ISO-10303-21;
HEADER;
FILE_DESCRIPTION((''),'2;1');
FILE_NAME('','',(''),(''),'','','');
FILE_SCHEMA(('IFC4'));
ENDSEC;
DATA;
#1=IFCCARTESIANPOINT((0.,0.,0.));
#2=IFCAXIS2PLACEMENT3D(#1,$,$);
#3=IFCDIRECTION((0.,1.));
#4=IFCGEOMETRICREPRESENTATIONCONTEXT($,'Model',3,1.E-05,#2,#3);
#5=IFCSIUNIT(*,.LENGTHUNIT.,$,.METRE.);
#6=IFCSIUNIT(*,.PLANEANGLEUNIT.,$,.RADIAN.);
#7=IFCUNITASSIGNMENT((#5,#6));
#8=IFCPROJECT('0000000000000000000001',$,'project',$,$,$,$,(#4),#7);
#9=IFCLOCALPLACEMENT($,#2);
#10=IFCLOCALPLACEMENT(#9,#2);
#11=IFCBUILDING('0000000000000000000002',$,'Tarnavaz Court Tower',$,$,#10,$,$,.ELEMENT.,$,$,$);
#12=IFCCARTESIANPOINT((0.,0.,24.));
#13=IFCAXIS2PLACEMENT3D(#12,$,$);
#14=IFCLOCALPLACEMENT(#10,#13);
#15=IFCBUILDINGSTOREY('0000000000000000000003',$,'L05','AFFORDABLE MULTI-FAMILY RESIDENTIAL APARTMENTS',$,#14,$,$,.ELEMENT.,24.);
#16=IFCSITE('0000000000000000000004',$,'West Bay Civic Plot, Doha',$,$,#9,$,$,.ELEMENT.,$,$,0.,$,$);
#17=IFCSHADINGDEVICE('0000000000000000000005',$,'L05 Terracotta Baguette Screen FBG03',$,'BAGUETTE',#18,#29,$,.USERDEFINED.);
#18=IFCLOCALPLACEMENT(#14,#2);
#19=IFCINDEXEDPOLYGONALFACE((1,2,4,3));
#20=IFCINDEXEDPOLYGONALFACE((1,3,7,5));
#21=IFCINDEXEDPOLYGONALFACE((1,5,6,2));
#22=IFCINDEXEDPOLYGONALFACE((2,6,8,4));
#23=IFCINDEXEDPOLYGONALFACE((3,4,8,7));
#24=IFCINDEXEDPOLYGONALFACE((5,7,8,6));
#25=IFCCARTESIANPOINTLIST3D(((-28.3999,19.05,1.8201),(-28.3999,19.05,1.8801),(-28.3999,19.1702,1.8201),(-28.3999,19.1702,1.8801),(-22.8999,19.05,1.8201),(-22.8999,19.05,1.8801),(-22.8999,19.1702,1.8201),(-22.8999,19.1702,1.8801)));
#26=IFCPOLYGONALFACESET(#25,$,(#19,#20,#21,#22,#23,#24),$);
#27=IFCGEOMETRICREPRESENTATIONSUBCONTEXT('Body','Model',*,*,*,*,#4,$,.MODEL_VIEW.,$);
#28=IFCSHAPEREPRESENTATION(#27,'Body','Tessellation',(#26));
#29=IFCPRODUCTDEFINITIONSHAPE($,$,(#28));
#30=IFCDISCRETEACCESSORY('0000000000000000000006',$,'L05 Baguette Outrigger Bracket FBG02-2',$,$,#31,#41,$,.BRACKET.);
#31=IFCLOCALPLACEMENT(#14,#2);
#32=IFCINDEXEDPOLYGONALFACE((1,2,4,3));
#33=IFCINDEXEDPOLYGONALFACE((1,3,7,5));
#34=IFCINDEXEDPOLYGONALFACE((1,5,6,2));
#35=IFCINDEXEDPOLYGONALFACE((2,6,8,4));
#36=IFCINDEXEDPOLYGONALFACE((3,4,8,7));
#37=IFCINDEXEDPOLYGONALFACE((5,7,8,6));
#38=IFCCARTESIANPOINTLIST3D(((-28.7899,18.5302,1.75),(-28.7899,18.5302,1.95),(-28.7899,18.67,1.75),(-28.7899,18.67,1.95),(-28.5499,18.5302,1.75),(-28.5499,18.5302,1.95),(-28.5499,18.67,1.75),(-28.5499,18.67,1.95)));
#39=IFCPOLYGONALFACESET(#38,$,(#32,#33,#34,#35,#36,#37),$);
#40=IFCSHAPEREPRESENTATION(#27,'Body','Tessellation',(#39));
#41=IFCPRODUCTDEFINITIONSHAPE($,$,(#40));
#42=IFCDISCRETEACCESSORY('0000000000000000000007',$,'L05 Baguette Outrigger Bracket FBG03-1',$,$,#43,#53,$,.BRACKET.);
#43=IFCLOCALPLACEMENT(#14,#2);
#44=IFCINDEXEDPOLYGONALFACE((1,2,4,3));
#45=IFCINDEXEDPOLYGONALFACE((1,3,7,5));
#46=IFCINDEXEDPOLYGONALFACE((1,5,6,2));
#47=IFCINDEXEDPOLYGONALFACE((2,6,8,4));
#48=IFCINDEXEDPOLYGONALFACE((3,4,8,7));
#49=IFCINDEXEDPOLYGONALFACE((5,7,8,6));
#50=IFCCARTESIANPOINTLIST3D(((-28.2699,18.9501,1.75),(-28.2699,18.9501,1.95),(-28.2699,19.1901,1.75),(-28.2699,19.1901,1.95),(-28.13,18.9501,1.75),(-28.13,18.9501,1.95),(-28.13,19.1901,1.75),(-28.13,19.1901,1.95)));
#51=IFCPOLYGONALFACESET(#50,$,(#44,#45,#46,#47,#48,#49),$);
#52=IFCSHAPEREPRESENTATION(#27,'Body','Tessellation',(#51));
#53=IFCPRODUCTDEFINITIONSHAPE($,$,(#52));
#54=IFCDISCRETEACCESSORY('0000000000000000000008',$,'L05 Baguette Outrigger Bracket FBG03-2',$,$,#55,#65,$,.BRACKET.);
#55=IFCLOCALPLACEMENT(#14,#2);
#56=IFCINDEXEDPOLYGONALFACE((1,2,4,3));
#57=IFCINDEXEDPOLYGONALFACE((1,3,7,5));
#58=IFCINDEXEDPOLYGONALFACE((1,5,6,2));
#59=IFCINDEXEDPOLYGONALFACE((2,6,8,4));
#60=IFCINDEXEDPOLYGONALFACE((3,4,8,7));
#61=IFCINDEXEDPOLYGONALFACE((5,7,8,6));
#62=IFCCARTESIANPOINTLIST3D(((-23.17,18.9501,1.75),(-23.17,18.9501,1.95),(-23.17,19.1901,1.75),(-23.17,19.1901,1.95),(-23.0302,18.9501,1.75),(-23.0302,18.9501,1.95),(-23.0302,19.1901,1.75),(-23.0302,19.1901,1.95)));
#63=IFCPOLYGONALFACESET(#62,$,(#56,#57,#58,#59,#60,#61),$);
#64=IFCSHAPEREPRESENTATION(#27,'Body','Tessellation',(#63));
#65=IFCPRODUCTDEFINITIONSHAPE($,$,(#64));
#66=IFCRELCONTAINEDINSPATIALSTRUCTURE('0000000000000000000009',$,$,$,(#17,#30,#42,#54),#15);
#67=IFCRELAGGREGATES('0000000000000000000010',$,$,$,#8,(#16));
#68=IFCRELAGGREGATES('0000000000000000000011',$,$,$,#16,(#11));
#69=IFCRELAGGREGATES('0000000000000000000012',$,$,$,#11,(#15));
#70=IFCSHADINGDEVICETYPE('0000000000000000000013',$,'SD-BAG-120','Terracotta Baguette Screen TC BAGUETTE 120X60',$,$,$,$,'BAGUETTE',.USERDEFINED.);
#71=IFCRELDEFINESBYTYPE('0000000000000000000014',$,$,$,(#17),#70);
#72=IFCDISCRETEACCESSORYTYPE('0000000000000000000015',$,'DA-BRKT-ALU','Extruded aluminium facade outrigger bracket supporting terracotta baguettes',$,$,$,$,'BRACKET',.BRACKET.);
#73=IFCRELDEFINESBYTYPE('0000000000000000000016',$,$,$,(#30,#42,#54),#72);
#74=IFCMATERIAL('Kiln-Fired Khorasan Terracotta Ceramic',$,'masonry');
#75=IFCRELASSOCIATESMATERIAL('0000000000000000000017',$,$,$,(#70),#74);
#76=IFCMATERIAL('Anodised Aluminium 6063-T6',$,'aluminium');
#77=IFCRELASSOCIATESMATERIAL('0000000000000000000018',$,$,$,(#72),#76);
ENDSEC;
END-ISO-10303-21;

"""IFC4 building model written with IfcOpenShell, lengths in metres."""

from ifc_helpers import new_model, si_unit, direction, frame, origin, origin_2d, place, context, subcontext, project, spatial, rectangle, extrude, material, material_profile, profile_set, type_object, element, save


model = new_model("IFC4")

# Units and contexts
model_context = context("Model", 3, precision=1e-05, world=origin(), true_north=direction((0.0, 1.0)))
body_context = subcontext(model_context, "Body", "Model", "MODEL_VIEW")
ifc_project = project(units=[si_unit("LENGTHUNIT", "METRE"), si_unit("PLANEANGLEUNIT", "RADIAN")], contexts=[model_context])

# Site, building, storey
site_placement = place(None, origin())
site = spatial("IfcSite", under=ifc_project, at=site_placement, Name="West Bay Civic Plot, Doha", CompositionType="ELEMENT", RefElevation=0.0)
building_placement = place(site_placement, origin())
building = spatial("IfcBuilding", under=site, at=building_placement, Name="Tarnavaz Court Tower", CompositionType="ELEMENT")
storey_placement = place(building_placement, frame((0.0, 0.0, 24.0)))
storey = spatial("IfcBuildingStorey", under=building, at=storey_placement, Name="L05", Description="AFFORDABLE MULTI-FAMILY RESIDENTIAL APARTMENTS", CompositionType="ELEMENT", Elevation=24.0)

# Shading device
ifc_material_1 = material(Name="Kiln-Fired Khorasan Terracotta Ceramic", Category="masonry")
ifc_material_profile_1 = material_profile(ifc_material_1, rectangle(XDim=0.1201, YDim=0.0601, at=origin_2d()), Name="TC BAGUETTE 120X60")
ifc_profile_set_1 = profile_set([ifc_material_profile_1], Name="Kiln-Fired Khorasan Terracotta Ceramic")
shading_device_type = type_object("IfcShadingDeviceType", Name="SD-BAG-120", Description="Terracotta Baguette Screen TC BAGUETTE 120X60", ElementType="BAGUETTE", PredefinedType="USERDEFINED", material=ifc_profile_set_1)
shading_device_placement = place(storey_placement, frame((-28.3999, 19.1101, 1.8501), z_axis=(1.0, 0.0, 0.0), x_axis=(0.0, 1.0, 0.0)))
element("IfcShadingDevice", 1, at=shading_device_placement, inside=storey, type_object=shading_device_type, Name="L05 Terracotta Baguette Screen FBG03", ObjectType="BAGUETTE", PredefinedType="USERDEFINED", context=body_context, shape_type="SweptSolid", body=[
    extrude(rectangle(XDim=0.1201, YDim=0.0601, at=origin_2d()), origin(), (0.0, 0.0, 1.0), 5.5),
])

# Discrete accessories
ifc_material_2 = material(Name="Anodised Aluminium 6063-T6", Category="aluminium")
discrete_accessory_type = type_object("IfcDiscreteAccessoryType", Name="DA-BRKT-ALU", Description="Extruded aluminium facade outrigger bracket supporting terracotta baguettes", ElementType="BRACKET", PredefinedType="BRACKET", material=ifc_material_2)
for number, where, z_axis, x_axis, name in (
    (2, (-28.6699, 18.6001, 1.75), (0.0, 0.0, 1.0), (0.0, 1.0, 0.0), "L05 Baguette Outrigger Bracket FBG02-2"),
    (3, (-28.2, 19.0701, 1.75), (0.0, 0.0, 1.0), (1.0, 0.0, 0.0), "L05 Baguette Outrigger Bracket FBG03-1"),
    (4, (-23.1001, 19.0701, 1.75), (0.0, 0.0, 1.0), (1.0, 0.0, 0.0), "L05 Baguette Outrigger Bracket FBG03-2"),
):
    element("IfcDiscreteAccessory", number, at=place(storey_placement, frame(where, z_axis=z_axis, x_axis=x_axis)), inside=storey, type_object=discrete_accessory_type, Name=name, PredefinedType="BRACKET", context=body_context, shape_type="SweptSolid", body=[
        extrude(rectangle(XDim=0.1399, YDim=0.24, at=origin_2d()), origin(), (0.0, 0.0, 1.0), 0.2),
    ])

save(model, "model.ifc")
